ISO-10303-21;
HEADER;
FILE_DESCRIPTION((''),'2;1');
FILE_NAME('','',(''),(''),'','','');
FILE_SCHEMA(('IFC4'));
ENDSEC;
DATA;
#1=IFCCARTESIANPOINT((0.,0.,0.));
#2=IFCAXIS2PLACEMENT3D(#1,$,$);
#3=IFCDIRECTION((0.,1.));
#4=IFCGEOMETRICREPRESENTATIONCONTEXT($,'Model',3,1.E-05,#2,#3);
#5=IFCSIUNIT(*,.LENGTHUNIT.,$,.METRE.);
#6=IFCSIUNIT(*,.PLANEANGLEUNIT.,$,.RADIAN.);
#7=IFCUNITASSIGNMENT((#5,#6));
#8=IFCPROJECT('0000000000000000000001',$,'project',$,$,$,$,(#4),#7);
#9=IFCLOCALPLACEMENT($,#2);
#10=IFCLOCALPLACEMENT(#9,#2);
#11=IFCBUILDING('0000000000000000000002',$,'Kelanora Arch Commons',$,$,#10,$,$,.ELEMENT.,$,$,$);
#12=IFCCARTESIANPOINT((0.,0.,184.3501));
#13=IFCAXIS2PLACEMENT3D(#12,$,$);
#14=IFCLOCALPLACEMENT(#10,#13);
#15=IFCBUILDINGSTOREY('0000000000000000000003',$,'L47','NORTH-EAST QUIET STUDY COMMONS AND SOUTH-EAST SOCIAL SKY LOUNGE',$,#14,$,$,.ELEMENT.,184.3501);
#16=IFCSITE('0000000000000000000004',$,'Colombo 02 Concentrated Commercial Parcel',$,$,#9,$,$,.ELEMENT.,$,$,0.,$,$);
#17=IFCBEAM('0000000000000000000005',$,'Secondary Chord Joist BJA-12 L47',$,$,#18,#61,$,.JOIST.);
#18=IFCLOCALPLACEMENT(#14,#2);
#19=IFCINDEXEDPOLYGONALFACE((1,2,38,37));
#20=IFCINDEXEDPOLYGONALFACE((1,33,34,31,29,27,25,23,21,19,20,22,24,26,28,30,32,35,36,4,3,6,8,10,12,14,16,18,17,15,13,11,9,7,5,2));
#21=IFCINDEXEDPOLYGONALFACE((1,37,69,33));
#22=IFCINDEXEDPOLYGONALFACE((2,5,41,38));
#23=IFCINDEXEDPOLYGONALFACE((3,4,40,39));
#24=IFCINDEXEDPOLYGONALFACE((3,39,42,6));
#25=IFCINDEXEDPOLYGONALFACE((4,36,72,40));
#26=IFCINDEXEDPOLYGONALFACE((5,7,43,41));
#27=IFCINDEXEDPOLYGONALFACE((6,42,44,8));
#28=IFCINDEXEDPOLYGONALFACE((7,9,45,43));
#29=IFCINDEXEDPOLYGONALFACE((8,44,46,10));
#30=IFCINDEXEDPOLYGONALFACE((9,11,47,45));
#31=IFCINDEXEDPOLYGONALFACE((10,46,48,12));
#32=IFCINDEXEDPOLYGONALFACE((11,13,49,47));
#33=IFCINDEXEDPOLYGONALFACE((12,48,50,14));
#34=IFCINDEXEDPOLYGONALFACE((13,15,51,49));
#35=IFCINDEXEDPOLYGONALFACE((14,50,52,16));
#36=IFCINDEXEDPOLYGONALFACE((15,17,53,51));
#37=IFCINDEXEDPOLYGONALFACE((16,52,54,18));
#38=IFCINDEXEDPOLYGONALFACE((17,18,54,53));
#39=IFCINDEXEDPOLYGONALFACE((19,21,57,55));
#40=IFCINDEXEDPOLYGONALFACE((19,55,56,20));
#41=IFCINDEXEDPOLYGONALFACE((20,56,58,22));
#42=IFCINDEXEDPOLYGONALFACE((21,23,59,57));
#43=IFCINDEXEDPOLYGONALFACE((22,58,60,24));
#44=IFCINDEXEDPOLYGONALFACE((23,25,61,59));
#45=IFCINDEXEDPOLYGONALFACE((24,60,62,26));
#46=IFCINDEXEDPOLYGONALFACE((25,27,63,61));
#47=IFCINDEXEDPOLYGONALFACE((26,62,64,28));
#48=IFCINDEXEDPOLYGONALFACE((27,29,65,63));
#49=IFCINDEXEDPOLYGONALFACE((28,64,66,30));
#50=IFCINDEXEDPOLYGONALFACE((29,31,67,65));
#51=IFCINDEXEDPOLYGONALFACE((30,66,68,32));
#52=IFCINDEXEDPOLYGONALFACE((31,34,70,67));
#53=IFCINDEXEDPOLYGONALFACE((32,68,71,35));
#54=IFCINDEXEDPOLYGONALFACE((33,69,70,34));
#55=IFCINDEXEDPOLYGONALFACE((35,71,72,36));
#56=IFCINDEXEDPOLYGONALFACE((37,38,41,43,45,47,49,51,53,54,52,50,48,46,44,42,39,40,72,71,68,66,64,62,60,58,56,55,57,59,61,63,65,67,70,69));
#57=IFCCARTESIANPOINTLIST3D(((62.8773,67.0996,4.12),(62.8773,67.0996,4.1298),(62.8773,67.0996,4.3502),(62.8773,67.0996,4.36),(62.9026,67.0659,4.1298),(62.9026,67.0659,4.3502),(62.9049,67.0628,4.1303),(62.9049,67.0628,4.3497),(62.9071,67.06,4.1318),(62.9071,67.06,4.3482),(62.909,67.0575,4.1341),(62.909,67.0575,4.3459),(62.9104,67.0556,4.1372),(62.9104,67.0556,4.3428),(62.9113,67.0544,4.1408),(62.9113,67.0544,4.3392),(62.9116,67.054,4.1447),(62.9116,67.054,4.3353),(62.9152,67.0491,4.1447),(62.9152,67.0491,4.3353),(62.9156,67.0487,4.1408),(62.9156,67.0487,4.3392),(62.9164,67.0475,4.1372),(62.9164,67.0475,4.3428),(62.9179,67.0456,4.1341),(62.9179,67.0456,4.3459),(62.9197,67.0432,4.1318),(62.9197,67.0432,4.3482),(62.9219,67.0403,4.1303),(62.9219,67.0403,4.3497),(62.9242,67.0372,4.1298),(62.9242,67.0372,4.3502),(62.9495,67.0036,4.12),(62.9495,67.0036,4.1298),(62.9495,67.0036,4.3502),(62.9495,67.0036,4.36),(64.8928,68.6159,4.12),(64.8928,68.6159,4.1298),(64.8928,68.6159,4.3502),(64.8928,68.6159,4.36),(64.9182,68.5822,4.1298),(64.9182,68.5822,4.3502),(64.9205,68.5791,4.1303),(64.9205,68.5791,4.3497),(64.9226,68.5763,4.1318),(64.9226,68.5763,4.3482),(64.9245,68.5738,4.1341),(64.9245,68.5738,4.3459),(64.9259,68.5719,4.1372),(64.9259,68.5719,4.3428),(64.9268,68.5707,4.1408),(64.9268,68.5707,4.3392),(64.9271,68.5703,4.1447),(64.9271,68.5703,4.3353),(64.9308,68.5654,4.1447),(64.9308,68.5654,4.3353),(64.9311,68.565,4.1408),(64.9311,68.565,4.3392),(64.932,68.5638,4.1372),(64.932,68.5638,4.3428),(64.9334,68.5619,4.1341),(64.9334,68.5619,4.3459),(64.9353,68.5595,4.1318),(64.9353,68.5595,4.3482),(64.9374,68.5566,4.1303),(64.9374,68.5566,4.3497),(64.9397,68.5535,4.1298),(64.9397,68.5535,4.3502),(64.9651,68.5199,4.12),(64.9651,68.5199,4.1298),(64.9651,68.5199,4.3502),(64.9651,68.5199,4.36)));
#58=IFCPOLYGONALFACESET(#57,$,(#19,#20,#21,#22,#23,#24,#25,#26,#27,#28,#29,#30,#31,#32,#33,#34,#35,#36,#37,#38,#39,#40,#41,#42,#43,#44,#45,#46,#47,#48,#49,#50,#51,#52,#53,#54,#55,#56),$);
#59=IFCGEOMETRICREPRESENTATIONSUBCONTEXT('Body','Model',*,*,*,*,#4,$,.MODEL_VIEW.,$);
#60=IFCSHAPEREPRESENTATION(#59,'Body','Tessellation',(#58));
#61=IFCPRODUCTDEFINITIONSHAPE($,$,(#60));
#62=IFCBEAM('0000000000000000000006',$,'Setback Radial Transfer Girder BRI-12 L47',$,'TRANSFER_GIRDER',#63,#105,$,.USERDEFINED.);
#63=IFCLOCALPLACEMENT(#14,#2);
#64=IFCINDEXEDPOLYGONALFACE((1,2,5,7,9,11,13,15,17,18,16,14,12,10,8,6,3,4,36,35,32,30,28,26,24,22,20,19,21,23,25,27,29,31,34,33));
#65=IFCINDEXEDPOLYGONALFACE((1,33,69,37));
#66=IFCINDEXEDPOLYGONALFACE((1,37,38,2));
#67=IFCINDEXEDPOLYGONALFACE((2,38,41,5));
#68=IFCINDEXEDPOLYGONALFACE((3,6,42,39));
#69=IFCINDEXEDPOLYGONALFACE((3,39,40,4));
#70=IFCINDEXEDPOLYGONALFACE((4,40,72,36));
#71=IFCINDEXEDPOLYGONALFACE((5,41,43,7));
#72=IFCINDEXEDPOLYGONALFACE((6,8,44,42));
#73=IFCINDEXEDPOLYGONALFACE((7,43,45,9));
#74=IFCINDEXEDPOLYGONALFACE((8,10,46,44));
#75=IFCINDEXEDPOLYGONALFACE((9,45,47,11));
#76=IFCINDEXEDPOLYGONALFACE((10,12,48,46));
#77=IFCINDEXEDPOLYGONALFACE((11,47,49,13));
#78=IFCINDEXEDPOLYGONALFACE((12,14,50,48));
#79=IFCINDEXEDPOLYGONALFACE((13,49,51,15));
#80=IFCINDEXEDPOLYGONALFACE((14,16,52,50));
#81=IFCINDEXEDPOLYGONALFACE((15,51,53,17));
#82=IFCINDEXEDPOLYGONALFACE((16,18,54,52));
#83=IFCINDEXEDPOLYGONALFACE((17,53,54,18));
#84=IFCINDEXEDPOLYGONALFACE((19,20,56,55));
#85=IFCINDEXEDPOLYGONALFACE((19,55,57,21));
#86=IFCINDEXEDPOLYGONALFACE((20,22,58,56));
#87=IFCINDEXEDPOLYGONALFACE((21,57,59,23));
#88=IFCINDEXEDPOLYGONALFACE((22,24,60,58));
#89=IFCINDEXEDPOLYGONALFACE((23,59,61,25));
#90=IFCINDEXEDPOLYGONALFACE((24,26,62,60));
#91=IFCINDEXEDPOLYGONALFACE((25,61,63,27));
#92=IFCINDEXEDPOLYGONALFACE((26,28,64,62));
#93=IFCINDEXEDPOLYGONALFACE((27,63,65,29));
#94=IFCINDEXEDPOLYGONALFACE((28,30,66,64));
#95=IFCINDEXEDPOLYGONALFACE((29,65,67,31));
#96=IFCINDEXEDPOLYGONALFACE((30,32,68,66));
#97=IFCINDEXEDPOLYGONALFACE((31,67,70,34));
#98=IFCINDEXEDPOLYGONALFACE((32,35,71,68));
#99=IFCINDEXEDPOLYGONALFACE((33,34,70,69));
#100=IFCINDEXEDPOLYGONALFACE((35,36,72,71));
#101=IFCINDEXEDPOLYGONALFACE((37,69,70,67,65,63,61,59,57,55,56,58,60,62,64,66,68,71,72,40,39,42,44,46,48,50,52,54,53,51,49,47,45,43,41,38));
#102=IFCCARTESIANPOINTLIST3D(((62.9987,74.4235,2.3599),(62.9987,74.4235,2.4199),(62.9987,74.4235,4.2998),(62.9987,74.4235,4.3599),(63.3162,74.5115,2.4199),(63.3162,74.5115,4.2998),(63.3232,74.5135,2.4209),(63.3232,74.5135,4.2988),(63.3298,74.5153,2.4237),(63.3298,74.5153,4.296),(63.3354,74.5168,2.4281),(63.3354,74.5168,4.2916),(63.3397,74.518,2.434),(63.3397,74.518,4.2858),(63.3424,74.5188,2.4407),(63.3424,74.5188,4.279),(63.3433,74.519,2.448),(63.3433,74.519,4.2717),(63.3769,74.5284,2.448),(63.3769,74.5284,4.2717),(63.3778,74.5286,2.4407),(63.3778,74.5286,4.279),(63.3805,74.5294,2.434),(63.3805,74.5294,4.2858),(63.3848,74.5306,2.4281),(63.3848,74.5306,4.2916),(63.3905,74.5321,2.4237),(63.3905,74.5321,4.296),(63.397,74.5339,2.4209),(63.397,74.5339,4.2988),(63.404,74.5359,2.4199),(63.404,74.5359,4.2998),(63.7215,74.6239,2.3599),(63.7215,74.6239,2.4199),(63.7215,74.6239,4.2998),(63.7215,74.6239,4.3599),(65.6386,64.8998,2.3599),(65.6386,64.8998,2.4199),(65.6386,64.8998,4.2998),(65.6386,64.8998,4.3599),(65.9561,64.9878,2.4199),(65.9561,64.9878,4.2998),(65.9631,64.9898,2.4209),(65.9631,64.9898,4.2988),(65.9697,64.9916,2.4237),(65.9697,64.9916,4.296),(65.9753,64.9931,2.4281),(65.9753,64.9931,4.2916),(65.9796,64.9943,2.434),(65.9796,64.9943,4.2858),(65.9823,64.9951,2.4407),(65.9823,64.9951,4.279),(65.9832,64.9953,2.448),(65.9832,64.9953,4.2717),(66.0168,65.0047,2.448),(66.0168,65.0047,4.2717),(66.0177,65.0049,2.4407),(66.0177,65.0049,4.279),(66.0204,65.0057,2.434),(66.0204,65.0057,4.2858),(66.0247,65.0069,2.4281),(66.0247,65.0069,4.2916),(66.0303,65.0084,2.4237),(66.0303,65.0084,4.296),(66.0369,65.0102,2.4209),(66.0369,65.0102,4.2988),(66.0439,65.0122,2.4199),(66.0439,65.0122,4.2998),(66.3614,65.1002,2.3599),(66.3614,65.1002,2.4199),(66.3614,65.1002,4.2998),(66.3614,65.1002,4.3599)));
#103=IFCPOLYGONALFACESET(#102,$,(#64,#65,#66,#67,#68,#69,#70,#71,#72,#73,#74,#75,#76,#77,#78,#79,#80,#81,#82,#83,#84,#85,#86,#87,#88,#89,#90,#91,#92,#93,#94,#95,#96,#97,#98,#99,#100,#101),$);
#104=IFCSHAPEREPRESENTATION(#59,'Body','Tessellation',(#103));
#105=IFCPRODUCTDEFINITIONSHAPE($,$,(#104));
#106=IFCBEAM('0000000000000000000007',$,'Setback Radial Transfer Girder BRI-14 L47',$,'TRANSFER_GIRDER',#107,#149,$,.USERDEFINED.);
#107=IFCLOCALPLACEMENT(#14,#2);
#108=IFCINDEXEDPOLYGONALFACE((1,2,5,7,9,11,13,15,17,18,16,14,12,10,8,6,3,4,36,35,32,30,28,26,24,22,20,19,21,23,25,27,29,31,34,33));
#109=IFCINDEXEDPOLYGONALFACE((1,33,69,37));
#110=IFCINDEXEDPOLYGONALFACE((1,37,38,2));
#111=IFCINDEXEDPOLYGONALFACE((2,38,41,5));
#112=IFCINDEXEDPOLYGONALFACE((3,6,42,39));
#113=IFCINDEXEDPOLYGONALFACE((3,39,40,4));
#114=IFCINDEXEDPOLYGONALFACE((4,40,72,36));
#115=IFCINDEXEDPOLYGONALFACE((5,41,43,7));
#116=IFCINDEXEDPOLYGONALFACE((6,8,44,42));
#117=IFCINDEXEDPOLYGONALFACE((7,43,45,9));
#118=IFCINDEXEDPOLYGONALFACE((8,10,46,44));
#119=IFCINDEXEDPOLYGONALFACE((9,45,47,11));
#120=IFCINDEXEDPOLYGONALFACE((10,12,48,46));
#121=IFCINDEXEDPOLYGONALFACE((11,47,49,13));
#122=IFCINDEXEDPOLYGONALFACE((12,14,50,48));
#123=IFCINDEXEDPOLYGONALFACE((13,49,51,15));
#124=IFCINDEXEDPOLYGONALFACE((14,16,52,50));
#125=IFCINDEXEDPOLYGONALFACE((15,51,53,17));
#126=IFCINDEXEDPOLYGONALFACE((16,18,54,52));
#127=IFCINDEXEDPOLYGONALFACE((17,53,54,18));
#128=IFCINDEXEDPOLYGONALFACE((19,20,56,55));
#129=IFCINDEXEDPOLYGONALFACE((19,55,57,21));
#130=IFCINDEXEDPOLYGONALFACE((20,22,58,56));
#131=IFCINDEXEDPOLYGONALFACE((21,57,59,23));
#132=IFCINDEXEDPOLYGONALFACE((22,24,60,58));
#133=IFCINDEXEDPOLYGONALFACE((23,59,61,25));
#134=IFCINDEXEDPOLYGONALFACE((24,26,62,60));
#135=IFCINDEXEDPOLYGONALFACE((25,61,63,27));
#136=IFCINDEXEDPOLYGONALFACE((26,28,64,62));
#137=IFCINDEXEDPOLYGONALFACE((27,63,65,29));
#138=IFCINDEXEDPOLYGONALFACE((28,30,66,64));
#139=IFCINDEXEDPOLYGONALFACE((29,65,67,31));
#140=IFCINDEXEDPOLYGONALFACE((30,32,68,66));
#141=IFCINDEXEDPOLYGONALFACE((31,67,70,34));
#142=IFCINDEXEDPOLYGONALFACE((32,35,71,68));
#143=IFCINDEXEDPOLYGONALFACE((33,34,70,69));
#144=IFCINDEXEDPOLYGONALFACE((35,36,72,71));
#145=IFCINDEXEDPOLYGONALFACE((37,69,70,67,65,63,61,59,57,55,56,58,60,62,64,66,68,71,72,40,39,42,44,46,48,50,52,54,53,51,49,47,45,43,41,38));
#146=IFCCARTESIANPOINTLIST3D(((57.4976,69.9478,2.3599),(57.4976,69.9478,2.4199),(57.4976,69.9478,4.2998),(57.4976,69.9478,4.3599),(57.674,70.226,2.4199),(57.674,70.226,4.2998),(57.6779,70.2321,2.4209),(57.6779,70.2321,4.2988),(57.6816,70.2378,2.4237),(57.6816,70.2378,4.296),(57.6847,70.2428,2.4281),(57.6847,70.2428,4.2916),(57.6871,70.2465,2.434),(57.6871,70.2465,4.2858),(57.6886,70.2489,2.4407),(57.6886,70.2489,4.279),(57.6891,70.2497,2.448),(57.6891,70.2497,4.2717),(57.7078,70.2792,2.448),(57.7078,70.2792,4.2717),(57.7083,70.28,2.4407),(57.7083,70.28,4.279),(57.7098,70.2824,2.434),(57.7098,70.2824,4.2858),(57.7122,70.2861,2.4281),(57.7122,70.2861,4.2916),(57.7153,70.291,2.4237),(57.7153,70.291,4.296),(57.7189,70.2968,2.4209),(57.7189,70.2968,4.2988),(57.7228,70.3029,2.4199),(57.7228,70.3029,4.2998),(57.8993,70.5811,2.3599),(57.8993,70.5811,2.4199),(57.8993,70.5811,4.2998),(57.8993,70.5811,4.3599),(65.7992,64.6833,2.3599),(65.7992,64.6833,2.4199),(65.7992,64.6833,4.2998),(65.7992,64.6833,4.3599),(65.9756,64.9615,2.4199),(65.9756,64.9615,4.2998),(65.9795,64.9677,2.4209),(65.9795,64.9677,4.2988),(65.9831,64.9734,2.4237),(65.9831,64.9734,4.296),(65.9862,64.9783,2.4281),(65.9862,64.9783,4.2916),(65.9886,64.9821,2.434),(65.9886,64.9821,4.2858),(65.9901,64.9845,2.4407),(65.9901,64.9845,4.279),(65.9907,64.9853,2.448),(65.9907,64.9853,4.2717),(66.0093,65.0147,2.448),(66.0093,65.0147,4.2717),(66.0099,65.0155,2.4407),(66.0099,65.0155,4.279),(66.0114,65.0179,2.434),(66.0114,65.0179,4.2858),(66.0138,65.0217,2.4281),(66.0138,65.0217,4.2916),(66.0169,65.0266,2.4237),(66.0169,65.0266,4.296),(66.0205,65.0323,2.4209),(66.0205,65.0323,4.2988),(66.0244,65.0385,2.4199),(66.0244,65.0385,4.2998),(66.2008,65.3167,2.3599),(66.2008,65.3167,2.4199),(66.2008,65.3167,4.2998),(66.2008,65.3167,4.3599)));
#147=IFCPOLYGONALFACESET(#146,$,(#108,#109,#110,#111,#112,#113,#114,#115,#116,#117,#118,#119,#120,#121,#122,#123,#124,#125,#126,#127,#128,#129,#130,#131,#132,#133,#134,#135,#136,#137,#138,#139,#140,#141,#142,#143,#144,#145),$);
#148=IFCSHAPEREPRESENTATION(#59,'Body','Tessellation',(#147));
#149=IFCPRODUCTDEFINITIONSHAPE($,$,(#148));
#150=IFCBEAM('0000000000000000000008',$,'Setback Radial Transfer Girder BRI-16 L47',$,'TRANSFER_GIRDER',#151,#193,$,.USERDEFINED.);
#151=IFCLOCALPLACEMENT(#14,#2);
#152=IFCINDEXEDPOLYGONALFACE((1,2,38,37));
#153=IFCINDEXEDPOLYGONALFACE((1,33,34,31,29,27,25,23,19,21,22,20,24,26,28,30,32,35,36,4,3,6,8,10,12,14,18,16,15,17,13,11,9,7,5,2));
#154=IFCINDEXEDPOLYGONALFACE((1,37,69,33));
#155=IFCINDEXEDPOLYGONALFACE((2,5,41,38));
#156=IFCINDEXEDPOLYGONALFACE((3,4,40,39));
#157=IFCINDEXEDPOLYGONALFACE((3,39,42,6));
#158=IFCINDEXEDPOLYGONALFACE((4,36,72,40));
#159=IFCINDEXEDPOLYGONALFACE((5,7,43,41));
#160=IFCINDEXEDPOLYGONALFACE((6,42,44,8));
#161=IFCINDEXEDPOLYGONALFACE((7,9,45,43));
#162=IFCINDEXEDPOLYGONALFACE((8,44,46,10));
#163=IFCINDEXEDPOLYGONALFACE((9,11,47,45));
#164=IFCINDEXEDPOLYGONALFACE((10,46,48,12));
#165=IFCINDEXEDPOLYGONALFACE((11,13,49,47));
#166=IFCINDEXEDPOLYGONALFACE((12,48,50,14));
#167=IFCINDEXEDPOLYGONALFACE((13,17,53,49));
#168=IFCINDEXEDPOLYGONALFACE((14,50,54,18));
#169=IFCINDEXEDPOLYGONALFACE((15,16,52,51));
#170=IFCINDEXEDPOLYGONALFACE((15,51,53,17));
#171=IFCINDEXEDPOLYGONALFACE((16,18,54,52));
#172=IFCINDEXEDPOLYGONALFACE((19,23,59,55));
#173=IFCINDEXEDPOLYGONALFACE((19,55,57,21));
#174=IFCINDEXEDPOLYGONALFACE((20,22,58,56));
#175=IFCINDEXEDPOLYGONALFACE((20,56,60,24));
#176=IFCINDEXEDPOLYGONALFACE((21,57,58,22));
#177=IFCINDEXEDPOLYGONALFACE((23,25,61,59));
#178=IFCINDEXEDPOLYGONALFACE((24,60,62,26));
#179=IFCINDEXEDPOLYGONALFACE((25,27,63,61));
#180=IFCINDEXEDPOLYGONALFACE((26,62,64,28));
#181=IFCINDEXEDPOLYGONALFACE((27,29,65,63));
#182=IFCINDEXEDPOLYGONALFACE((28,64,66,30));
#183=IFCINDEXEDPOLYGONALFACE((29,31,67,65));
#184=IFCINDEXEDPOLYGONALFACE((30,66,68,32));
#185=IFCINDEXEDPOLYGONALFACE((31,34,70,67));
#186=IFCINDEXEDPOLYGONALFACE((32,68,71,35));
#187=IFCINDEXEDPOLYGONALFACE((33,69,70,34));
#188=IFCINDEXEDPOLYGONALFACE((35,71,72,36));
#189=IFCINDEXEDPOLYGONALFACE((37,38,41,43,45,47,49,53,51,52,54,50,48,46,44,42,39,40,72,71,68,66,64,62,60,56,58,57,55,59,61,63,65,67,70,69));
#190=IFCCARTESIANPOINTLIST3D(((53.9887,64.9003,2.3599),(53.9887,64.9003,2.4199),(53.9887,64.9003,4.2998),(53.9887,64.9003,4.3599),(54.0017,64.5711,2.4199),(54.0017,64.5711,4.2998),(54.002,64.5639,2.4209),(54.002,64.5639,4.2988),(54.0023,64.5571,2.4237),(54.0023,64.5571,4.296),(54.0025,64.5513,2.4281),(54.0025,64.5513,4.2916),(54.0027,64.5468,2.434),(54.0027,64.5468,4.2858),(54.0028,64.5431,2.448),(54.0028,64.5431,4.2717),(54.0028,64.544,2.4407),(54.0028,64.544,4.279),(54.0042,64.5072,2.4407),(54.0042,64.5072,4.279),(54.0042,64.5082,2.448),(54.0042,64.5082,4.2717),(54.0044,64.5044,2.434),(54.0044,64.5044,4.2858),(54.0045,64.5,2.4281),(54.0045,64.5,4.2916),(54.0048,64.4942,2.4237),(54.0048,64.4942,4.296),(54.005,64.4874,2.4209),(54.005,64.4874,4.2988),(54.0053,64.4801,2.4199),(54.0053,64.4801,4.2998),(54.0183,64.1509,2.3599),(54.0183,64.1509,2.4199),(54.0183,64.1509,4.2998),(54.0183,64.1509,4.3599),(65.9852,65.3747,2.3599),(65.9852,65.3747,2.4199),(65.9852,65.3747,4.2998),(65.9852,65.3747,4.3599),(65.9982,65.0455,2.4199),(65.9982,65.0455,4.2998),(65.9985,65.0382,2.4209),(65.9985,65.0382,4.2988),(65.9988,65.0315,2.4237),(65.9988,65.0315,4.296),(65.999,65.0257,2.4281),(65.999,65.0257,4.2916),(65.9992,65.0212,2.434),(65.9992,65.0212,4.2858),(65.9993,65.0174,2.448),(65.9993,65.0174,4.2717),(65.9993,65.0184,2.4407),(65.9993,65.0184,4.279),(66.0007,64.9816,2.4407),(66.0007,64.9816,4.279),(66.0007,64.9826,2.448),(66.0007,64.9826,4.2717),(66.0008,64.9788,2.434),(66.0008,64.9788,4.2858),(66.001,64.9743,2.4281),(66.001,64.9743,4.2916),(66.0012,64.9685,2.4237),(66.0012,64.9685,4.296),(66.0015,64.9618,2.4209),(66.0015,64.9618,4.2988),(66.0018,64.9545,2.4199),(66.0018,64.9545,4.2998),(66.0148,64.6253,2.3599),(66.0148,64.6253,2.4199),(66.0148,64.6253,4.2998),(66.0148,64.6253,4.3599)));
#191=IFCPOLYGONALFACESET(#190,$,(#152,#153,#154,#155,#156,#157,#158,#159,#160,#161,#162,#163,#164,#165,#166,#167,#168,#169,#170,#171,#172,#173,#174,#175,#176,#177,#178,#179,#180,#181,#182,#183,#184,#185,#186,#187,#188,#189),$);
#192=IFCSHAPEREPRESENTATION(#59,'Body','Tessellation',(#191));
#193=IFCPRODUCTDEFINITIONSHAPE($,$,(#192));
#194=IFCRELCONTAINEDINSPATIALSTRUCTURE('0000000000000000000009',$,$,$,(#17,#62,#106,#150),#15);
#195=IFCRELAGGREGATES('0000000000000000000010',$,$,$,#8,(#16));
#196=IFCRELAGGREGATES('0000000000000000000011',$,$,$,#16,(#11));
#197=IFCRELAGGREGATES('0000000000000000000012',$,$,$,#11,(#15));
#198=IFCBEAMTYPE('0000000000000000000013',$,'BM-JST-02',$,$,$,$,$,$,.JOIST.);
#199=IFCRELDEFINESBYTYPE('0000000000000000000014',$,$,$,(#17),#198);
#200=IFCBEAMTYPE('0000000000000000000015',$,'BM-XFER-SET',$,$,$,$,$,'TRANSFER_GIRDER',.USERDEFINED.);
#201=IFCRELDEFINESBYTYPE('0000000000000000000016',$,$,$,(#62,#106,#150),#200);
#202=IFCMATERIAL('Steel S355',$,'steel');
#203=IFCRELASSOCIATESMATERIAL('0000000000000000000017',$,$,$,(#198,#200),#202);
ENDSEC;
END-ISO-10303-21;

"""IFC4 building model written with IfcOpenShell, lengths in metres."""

from ifc_helpers import new_model, si_unit, direction, frame, origin, origin_2d, place, context, subcontext, project, spatial, i_section, extrude, material, material_profile, profile_set, type_object, element, save


model = new_model("IFC4")

# Units and contexts
model_context = context("Model", 3, precision=1e-05, world=origin(), true_north=direction((0.0, 1.0)))
body_context = subcontext(model_context, "Body", "Model", "MODEL_VIEW")
ifc_project = project(units=[si_unit("LENGTHUNIT", "METRE"), si_unit("PLANEANGLEUNIT", "RADIAN")], contexts=[model_context])

# Site, building, storey
site_placement = place(None, origin())
site = spatial("IfcSite", under=ifc_project, at=site_placement, Name="Colombo 02 Concentrated Commercial Parcel", CompositionType="ELEMENT", RefElevation=0.0)
building_placement = place(site_placement, origin())
building = spatial("IfcBuilding", under=site, at=building_placement, Name="Kelanora Arch Commons", CompositionType="ELEMENT")
storey_placement = place(building_placement, frame((0.0, 0.0, 184.3501)))
storey = spatial("IfcBuildingStorey", under=building, at=storey_placement, Name="L47", Description="NORTH-EAST QUIET STUDY COMMONS AND SOUTH-EAST SOCIAL SKY LOUNGE", CompositionType="ELEMENT", Elevation=184.3501)

# Beams
ifc_material_1 = material(Name="Steel S355", Category="steel")
ifc_material_profile_1 = material_profile(ifc_material_1, i_section(OverallWidth=0.1201, OverallDepth=0.24, WebThickness=0.0061, FlangeThickness=0.0098, FilletRadius=0.0149, at=origin_2d()), Name="IPE240")
ifc_profile_set_1 = profile_set([ifc_material_profile_1], Name="Steel S355")
beam_type_1 = type_object("IfcBeamType", Name="BM-JST-02", PredefinedType="JOIST", material=ifc_profile_set_1)
beam_1_placement = place(storey_placement, frame((64.929, 68.5679, 4.24), z_axis=(-0.799116, -0.601176, 0.0), x_axis=(0.601176, -0.799116, 0.0)))
element("IfcBeam", 1, at=beam_1_placement, inside=storey, type_object=beam_type_1, Name="Secondary Chord Joist BJA-12 L47", PredefinedType="JOIST", context=body_context, shape_type="SweptSolid", body=[
    extrude(i_section(OverallWidth=0.1201, OverallDepth=0.24, WebThickness=0.0061, FlangeThickness=0.0098, FilletRadius=0.0149, at=origin_2d()), origin(), (0.0, 0.0, 1.0), 2.5222),
])
ifc_material_profile_2 = material_profile(ifc_material_1, i_section(OverallWidth=0.75, OverallDepth=2.0, WebThickness=0.0349, FlangeThickness=0.0601, FilletRadius=0.0281, at=origin_2d()), Name="PG2000x750")
ifc_profile_set_2 = profile_set([ifc_material_profile_2], Name="Steel S355")
beam_type_2 = type_object("IfcBeamType", Name="BM-XFER-SET", ElementType="TRANSFER_GIRDER", PredefinedType="USERDEFINED", material=ifc_profile_set_2)
beam_2_placement = place(storey_placement, frame((66.0, 65.0, 3.3599), z_axis=(-0.26712, 0.963663, 0.0), x_axis=(-0.963663, -0.26712, 0.0)))
element("IfcBeam", 2, at=beam_2_placement, inside=storey, type_object=beam_type_2, Name="Setback Radial Transfer Girder BRI-12 L47", ObjectType="TRANSFER_GIRDER", PredefinedType="USERDEFINED", context=body_context, shape_type="SweptSolid", body=[
    extrude(i_section(OverallWidth=0.75, OverallDepth=2.0, WebThickness=0.0349, FlangeThickness=0.0601, FilletRadius=0.0281, at=origin_2d()), origin(), (0.0, 0.0, 1.0), 9.8828),
])
beam_3_placement = place(storey_placement, frame((66.0, 65.0, 3.3599), z_axis=(-0.844507, 0.535544, 0.0), x_axis=(-0.535544, -0.844507, 0.0)))
element("IfcBeam", 3, at=beam_3_placement, inside=storey, type_object=beam_type_2, Name="Setback Radial Transfer Girder BRI-14 L47", ObjectType="TRANSFER_GIRDER", PredefinedType="USERDEFINED", context=body_context, shape_type="SweptSolid", body=[
    extrude(i_section(OverallWidth=0.75, OverallDepth=2.0, WebThickness=0.0349, FlangeThickness=0.0601, FilletRadius=0.0281, at=origin_2d()), origin(), (0.0, 0.0, 1.0), 9.8301),
])
beam_4_placement = place(storey_placement, frame((66.0, 65.0, 3.3599), z_axis=(-0.999219, -0.039511, 0.0), x_axis=(0.039511, -0.999219, 0.0)))
element("IfcBeam", 4, at=beam_4_placement, inside=storey, type_object=beam_type_2, Name="Setback Radial Transfer Girder BRI-16 L47", ObjectType="TRANSFER_GIRDER", PredefinedType="USERDEFINED", context=body_context, shape_type="SweptSolid", body=[
    extrude(i_section(OverallWidth=0.75, OverallDepth=2.0, WebThickness=0.0349, FlangeThickness=0.0601, FilletRadius=0.0281, at=origin_2d()), origin(), (0.0, 0.0, 1.0), 12.0059),
])

save(model, "model.ifc")
